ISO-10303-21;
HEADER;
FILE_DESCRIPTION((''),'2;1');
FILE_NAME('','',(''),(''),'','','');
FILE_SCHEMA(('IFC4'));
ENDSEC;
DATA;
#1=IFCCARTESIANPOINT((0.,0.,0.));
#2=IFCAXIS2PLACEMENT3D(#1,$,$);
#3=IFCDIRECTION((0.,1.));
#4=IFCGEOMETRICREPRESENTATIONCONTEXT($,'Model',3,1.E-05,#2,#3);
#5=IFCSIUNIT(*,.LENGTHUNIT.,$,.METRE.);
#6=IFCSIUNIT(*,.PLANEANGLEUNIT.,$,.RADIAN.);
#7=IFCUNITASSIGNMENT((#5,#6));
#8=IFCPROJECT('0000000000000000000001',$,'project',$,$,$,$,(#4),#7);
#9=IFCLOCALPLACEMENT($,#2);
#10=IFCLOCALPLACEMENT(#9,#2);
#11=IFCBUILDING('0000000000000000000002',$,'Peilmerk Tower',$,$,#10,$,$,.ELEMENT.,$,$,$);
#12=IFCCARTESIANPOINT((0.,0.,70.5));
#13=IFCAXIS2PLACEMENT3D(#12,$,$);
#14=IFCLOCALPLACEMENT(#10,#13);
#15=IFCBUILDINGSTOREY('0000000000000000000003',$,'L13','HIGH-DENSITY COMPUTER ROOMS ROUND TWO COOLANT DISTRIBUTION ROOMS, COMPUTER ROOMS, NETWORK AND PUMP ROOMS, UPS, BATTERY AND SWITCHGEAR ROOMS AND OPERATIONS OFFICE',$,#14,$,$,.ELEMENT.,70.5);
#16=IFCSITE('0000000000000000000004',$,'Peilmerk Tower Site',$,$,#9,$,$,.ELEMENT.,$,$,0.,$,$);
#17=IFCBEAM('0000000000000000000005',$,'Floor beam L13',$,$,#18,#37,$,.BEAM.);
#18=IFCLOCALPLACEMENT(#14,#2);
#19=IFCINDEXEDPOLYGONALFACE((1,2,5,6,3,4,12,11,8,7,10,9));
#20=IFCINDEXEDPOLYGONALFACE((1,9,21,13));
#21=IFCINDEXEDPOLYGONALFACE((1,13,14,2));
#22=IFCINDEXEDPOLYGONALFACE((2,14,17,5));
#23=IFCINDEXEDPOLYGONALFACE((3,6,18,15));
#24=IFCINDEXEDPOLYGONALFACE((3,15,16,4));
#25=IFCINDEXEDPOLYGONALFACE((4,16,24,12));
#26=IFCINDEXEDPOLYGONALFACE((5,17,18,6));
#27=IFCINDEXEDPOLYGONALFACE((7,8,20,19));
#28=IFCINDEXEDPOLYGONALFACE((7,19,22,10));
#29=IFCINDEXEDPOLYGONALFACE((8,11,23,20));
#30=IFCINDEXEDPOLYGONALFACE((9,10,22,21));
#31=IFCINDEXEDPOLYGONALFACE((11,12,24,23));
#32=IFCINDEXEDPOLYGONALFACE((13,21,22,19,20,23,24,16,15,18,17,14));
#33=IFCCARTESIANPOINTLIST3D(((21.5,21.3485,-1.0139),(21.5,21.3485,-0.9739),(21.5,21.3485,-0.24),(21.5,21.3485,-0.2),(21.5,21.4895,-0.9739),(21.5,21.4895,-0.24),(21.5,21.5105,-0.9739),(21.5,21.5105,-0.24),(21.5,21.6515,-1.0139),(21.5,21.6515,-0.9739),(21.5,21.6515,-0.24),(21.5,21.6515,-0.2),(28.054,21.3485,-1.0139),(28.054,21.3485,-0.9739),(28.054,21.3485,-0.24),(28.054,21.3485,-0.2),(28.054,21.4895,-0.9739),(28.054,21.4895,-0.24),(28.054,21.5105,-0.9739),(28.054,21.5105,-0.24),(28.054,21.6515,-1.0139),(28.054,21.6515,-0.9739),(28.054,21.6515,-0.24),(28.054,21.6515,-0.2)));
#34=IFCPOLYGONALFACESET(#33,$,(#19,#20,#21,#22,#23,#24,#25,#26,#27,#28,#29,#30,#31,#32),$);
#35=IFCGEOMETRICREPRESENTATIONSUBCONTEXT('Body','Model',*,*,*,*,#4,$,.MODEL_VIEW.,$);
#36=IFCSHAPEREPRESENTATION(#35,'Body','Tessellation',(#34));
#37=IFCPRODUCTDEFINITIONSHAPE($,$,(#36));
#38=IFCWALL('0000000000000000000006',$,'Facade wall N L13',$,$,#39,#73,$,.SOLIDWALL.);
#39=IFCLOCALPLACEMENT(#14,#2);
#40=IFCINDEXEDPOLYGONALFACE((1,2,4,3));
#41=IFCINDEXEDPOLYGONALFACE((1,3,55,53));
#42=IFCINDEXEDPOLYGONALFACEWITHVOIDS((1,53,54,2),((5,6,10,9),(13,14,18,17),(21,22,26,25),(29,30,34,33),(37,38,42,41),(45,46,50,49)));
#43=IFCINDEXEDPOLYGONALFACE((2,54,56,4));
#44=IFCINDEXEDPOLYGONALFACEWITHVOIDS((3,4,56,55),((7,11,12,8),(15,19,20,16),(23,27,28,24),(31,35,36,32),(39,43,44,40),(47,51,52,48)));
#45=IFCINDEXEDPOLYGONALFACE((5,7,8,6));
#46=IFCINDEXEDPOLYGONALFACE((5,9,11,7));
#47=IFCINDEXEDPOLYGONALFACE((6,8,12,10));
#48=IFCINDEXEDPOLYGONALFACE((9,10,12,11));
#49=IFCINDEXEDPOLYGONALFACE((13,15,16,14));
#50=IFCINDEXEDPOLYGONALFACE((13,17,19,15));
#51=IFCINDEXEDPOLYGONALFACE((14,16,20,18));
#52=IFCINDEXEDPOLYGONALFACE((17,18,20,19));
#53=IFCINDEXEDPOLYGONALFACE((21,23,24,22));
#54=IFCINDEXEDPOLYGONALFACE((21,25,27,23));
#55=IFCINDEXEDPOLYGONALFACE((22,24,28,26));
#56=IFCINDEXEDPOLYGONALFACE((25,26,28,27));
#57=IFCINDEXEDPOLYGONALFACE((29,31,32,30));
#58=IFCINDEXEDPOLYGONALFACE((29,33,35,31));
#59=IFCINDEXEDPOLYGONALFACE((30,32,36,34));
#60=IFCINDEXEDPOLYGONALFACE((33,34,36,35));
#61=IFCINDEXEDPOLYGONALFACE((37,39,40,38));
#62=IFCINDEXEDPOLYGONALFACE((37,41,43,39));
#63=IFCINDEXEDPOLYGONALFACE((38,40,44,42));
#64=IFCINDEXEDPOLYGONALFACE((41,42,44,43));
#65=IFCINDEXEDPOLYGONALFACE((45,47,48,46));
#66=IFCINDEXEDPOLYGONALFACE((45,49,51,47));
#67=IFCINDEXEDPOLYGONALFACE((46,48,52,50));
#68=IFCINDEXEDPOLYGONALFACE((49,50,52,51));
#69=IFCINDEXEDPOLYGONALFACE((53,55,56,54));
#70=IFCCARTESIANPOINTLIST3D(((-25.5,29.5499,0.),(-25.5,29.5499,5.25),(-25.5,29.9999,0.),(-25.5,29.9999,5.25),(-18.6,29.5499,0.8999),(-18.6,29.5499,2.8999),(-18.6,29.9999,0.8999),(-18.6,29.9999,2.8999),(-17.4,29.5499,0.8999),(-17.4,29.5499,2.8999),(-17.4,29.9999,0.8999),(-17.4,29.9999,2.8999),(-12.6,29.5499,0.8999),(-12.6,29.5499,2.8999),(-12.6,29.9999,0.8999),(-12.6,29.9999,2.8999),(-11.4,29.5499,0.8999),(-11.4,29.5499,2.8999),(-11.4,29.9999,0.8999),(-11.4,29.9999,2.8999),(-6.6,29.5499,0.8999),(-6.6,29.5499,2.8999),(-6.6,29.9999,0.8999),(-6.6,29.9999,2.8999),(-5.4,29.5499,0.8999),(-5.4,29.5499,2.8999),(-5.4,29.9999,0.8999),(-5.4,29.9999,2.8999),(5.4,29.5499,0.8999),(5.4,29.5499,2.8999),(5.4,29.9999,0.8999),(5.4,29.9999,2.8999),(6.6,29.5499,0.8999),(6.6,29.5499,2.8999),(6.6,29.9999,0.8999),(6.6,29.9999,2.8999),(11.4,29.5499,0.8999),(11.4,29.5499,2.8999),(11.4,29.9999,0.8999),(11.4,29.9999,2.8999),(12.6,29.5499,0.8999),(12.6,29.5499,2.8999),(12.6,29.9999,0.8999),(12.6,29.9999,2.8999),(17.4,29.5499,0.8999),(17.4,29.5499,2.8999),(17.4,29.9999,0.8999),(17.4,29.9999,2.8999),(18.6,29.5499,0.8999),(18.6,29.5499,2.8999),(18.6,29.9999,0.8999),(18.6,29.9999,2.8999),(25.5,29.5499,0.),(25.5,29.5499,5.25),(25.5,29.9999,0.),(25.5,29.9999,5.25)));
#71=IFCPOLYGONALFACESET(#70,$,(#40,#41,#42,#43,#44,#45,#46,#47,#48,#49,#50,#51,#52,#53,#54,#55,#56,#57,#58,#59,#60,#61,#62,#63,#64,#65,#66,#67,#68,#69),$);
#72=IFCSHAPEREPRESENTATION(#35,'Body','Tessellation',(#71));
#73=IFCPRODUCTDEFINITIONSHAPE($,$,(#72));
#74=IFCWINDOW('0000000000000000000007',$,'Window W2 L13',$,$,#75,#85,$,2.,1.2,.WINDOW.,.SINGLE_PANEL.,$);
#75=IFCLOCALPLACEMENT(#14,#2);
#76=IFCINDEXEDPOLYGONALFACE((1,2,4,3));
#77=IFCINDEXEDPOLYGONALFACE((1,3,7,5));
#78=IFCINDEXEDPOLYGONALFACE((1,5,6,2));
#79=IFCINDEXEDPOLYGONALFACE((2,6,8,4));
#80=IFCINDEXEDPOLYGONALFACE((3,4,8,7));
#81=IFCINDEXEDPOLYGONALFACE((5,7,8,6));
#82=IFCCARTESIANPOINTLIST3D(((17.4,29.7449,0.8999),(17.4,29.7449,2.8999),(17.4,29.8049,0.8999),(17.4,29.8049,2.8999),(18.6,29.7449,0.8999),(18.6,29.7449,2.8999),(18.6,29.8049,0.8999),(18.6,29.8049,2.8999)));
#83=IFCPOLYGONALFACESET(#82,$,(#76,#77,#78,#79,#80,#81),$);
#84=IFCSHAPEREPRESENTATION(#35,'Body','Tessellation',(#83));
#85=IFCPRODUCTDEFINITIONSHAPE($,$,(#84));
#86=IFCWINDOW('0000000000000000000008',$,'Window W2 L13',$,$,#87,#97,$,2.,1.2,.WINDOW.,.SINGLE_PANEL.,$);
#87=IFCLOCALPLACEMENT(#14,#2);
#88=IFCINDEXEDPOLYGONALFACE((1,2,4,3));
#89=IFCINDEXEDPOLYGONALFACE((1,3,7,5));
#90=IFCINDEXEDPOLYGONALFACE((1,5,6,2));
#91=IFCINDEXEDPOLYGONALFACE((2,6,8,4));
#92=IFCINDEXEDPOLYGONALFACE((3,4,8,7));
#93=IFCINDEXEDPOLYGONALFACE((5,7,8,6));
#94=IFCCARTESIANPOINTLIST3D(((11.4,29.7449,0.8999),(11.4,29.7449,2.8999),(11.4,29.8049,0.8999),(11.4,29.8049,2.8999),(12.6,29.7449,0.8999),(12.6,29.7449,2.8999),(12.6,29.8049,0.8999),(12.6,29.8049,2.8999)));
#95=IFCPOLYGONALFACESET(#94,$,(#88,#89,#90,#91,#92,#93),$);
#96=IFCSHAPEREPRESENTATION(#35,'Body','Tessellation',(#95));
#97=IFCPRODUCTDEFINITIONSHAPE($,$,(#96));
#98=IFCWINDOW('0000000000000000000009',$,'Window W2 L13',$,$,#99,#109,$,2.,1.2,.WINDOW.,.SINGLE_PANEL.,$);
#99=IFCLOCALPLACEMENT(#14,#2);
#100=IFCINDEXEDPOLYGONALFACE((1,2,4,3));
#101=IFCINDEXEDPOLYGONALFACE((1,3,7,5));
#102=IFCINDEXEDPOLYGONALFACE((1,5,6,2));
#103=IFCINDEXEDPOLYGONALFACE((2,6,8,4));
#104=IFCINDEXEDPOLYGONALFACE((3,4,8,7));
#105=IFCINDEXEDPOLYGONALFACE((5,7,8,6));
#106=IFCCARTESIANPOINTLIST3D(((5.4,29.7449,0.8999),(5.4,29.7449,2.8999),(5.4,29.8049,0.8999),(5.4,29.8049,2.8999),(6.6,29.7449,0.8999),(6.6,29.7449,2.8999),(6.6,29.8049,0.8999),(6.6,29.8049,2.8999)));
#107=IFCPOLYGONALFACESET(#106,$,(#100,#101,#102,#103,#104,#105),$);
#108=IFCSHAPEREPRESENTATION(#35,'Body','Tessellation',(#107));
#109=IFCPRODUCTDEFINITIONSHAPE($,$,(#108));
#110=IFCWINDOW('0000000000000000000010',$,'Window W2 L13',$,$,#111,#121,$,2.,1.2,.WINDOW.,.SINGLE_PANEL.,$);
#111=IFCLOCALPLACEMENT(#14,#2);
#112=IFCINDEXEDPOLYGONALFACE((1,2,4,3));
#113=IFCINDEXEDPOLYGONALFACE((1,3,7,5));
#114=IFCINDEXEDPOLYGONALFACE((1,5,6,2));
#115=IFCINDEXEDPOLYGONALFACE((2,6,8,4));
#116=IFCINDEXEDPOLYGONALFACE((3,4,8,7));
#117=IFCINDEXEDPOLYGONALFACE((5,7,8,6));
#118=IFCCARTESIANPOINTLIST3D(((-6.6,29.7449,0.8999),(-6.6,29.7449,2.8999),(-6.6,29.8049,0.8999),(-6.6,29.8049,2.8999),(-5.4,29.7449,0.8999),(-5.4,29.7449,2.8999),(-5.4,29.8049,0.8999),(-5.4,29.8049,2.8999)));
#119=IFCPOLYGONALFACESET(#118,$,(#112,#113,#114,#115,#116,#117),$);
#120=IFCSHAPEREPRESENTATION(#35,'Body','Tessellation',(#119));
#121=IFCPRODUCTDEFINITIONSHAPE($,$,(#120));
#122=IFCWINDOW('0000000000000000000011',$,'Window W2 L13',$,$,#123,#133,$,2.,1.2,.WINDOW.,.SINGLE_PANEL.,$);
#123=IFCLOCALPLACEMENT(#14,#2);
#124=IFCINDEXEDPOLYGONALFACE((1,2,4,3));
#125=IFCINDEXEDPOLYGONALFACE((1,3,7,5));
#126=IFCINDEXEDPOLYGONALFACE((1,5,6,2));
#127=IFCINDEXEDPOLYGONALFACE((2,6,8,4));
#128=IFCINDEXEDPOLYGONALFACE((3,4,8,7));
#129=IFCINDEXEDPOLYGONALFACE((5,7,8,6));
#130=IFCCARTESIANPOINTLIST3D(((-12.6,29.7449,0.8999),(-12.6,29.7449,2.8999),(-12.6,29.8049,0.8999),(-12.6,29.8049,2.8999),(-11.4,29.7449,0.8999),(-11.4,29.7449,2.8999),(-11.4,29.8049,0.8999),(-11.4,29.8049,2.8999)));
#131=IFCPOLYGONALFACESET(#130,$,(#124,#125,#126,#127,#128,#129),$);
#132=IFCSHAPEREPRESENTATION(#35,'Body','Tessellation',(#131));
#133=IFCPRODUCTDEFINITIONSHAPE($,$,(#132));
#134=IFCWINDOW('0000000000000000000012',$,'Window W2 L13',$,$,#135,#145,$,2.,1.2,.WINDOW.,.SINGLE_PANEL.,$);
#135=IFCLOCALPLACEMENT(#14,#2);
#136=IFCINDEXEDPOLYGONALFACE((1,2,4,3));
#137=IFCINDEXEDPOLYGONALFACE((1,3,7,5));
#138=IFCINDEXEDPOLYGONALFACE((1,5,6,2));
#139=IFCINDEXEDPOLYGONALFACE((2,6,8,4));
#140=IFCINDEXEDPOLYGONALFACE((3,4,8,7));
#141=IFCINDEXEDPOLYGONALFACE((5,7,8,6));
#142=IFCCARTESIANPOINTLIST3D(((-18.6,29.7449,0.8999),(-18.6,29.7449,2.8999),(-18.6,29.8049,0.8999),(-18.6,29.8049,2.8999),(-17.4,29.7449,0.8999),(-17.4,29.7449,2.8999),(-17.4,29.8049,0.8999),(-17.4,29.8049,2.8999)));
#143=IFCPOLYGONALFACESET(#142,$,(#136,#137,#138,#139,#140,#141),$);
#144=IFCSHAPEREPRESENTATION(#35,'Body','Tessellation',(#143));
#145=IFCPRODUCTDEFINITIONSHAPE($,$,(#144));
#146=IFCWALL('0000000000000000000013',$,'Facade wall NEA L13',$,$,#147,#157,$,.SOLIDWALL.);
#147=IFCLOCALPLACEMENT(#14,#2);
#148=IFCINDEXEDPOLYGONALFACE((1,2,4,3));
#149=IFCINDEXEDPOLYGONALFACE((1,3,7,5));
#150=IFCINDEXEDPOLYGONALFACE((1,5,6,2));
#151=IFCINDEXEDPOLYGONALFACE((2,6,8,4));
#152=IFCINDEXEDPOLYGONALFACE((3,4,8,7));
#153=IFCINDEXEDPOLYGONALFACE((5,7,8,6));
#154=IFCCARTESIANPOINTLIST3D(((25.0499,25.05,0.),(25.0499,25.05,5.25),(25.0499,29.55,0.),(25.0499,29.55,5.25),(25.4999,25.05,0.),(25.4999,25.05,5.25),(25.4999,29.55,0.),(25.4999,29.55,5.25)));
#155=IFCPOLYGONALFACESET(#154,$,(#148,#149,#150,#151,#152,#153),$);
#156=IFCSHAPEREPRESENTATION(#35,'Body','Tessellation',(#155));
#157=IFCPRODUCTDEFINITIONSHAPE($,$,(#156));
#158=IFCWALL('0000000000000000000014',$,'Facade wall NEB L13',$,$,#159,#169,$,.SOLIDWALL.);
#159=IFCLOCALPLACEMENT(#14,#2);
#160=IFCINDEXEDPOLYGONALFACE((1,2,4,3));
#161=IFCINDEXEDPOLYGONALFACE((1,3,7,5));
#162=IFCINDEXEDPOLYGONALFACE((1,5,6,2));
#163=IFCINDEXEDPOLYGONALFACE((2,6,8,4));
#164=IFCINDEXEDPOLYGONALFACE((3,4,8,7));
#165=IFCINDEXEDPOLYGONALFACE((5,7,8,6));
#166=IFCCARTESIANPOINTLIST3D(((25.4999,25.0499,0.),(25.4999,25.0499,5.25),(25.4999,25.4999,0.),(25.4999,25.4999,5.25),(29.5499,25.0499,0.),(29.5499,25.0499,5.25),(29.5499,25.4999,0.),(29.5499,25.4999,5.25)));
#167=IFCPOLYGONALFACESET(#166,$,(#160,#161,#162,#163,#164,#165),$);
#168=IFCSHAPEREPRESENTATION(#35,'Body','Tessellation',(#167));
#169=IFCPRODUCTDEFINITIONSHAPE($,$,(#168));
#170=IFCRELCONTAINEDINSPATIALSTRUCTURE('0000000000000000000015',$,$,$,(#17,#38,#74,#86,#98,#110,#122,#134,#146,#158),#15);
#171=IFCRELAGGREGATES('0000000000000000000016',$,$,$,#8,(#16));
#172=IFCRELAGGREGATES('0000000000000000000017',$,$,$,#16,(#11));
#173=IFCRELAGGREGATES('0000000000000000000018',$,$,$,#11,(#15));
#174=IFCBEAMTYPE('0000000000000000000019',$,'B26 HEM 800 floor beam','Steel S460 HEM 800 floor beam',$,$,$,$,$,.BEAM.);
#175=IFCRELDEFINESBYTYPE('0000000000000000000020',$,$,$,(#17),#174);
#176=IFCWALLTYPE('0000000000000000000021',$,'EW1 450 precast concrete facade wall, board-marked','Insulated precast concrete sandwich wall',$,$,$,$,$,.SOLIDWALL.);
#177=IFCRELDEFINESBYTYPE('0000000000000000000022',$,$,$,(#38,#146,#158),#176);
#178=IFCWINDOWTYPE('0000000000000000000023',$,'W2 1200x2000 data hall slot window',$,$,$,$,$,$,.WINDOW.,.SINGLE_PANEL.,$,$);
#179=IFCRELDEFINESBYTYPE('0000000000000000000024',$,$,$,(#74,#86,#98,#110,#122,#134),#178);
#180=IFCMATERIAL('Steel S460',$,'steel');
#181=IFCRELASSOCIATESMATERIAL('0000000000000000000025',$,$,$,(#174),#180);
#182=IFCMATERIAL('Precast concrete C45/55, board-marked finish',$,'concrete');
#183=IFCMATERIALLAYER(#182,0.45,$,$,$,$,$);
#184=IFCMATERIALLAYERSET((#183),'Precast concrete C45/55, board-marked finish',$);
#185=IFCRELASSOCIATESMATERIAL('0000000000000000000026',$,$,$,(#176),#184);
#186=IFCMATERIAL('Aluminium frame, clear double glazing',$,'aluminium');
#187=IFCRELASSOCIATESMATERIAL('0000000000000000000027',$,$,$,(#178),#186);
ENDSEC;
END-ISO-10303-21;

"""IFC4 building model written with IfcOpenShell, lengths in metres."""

from ifc_helpers import new_model, si_unit, direction, frame, frame_2d, origin, origin_2d, place, context, subcontext, project, spatial, rectangle, i_section, extrude, material, layer, layer_set, material_profile, profile_set, type_object, element, fill, save


model = new_model("IFC4")

# Units and contexts
model_context = context("Model", 3, precision=1e-05, world=origin(), true_north=direction((0.0, 1.0)))
body_context = subcontext(model_context, "Body", "Model", "MODEL_VIEW")
ifc_project = project(units=[si_unit("LENGTHUNIT", "METRE"), si_unit("PLANEANGLEUNIT", "RADIAN")], contexts=[model_context])

# Site, building, storey
site_placement = place(None, origin())
site = spatial("IfcSite", under=ifc_project, at=site_placement, Name="Peilmerk Tower Site", CompositionType="ELEMENT", RefElevation=0.0)
building_placement = place(site_placement, origin())
building = spatial("IfcBuilding", under=site, at=building_placement, Name="Peilmerk Tower", CompositionType="ELEMENT")
storey_placement = place(building_placement, frame((0.0, 0.0, 70.5)))
storey = spatial("IfcBuildingStorey", under=building, at=storey_placement, Name="L13", Description="HIGH-DENSITY COMPUTER ROOMS ROUND TWO COOLANT DISTRIBUTION ROOMS, COMPUTER ROOMS, NETWORK AND PUMP ROOMS, UPS, BATTERY AND SWITCHGEAR ROOMS AND OPERATIONS OFFICE", CompositionType="ELEMENT", Elevation=70.5)

# Beam
ifc_material_1 = material(Name="Steel S460", Category="steel")
ifc_material_profile_1 = material_profile(ifc_material_1, i_section(OverallWidth=0.303, OverallDepth=0.814, WebThickness=0.021, FlangeThickness=0.04, at=origin_2d()), Name="HEM 800")
ifc_profile_set_1 = profile_set([ifc_material_profile_1], Name="Steel S460")
beam_type_1 = type_object("IfcBeamType", Name="B26 HEM 800 floor beam", Description="Steel S460 HEM 800 floor beam", PredefinedType="BEAM", material=ifc_profile_set_1)
for number, where, z_axis, x_axis, name in (
    (1, (21.5, 21.5, -0.6069), (1.0, 0.0, 0.0), (0.0, 1.0, 0.0), "Floor beam L13"),
):
    element("IfcBeam", number, at=place(storey_placement, frame(where, z_axis=z_axis, x_axis=x_axis)), inside=storey, type_object=beam_type_1, Name=name, PredefinedType="BEAM", context=body_context, shape_type="SweptSolid", body=[
        extrude(i_section(OverallWidth=0.303, OverallDepth=0.814, WebThickness=0.021, FlangeThickness=0.04, at=origin_2d()), origin(), (0.0, 0.0, 1.0), 6.554),
    ])

# Wall, openings, windows
ifc_material_2 = material(Name="Precast concrete C45/55, board-marked finish", Category="concrete")
ifc_layer = layer(ifc_material_2, 0.45)
ifc_layer_set = layer_set([ifc_layer], Name="Precast concrete C45/55, board-marked finish")
wall_type = type_object("IfcWallType", Name="EW1 450 precast concrete facade wall, board-marked", Description="Insulated precast concrete sandwich wall", PredefinedType="SOLIDWALL", material=ifc_layer_set)
wall_1_placement = place(storey_placement, frame((25.5, 29.7749, 0.0), z_axis=(0.0, 0.0, 1.0), x_axis=(-1.0, 0.0, 0.0)))
wall_1 = element("IfcWall", 2, at=wall_1_placement, inside=storey, type_object=wall_type, Name="Facade wall N L13", PredefinedType="SOLIDWALL", context=body_context, shape_type="SweptSolid", body=[
    extrude(rectangle(XDim=51.0, YDim=0.45, at=frame_2d((25.5, 0.0))), origin(), (0.0, 0.0, 1.0), 5.25),
])
opening_1_placement = place(wall_1_placement, frame((6.8999, 0.0, 0.8999)))
opening_1 = element("IfcOpeningElement", 3, at=opening_1_placement, cuts=wall_1, PredefinedType="OPENING", context=body_context, shape_type="SweptSolid", body=[
    extrude(rectangle(XDim=1.2, YDim=2.0, at=frame_2d((0.6001, 1.0))), frame((0.0, 0.2349, 0.0), z_axis=(0.0, -1.0, 0.0), x_axis=(1.0, 0.0, 0.0)), (0.0, 0.0, 1.0), 0.47),
])
opening_2_placement = place(wall_1_placement, frame((12.8999, 0.0, 0.8999)))
opening_2 = element("IfcOpeningElement", 4, at=opening_2_placement, cuts=wall_1, PredefinedType="OPENING", context=body_context, shape_type="SweptSolid", body=[
    extrude(rectangle(XDim=1.2, YDim=2.0, at=frame_2d((0.6001, 1.0))), frame((0.0, 0.2349, 0.0), z_axis=(0.0, -1.0, 0.0), x_axis=(1.0, 0.0, 0.0)), (0.0, 0.0, 1.0), 0.47),
])
opening_3_placement = place(wall_1_placement, frame((18.8999, 0.0, 0.8999)))
opening_3 = element("IfcOpeningElement", 5, at=opening_3_placement, cuts=wall_1, PredefinedType="OPENING", context=body_context, shape_type="SweptSolid", body=[
    extrude(rectangle(XDim=1.2, YDim=2.0, at=frame_2d((0.6001, 1.0))), frame((0.0, 0.2349, 0.0), z_axis=(0.0, -1.0, 0.0), x_axis=(1.0, 0.0, 0.0)), (0.0, 0.0, 1.0), 0.47),
])
opening_4_placement = place(wall_1_placement, frame((30.8999, 0.0, 0.8999)))
opening_4 = element("IfcOpeningElement", 6, at=opening_4_placement, cuts=wall_1, PredefinedType="OPENING", context=body_context, shape_type="SweptSolid", body=[
    extrude(rectangle(XDim=1.2, YDim=2.0, at=frame_2d((0.6001, 1.0))), frame((0.0, 0.2349, 0.0), z_axis=(0.0, -1.0, 0.0), x_axis=(1.0, 0.0, 0.0)), (0.0, 0.0, 1.0), 0.47),
])
opening_5_placement = place(wall_1_placement, frame((36.8999, 0.0, 0.8999)))
opening_5 = element("IfcOpeningElement", 7, at=opening_5_placement, cuts=wall_1, PredefinedType="OPENING", context=body_context, shape_type="SweptSolid", body=[
    extrude(rectangle(XDim=1.2, YDim=2.0, at=frame_2d((0.6001, 1.0))), frame((0.0, 0.2349, 0.0), z_axis=(0.0, -1.0, 0.0), x_axis=(1.0, 0.0, 0.0)), (0.0, 0.0, 1.0), 0.47),
])
opening_6_placement = place(wall_1_placement, frame((42.8999, 0.0, 0.8999)))
opening_6 = element("IfcOpeningElement", 8, at=opening_6_placement, cuts=wall_1, PredefinedType="OPENING", context=body_context, shape_type="SweptSolid", body=[
    extrude(rectangle(XDim=1.2, YDim=2.0, at=frame_2d((0.6001, 1.0))), frame((0.0, 0.2349, 0.0), z_axis=(0.0, -1.0, 0.0), x_axis=(1.0, 0.0, 0.0)), (0.0, 0.0, 1.0), 0.47),
])
ifc_material_3 = material(Name="Aluminium frame, clear double glazing", Category="aluminium")
window_type = type_object("IfcWindowType", Name="W2 1200x2000 data hall slot window", PartitioningType="SINGLE_PANEL", PredefinedType="WINDOW", material=ifc_material_3)
window_1_placement = place(opening_1_placement, origin())
window_1 = element("IfcWindow", 9, at=window_1_placement, inside=storey, type_object=window_type, Name="Window W2 L13", OverallHeight=2.0, OverallWidth=1.2, PartitioningType="SINGLE_PANEL", PredefinedType="WINDOW", context=body_context, shape_type="SweptSolid", body=[
    extrude(rectangle(XDim=1.2, YDim=2.0, at=frame_2d((0.6001, 1.0))), frame((0.0, 0.03, 0.0), z_axis=(0.0, -1.0, 0.0), x_axis=(1.0, 0.0, 0.0)), (0.0, 0.0, 1.0), 0.0601),
])
fill(opening_1, window_1)
window_2_placement = place(opening_2_placement, origin())
window_2 = element("IfcWindow", 10, at=window_2_placement, inside=storey, type_object=window_type, Name="Window W2 L13", OverallHeight=2.0, OverallWidth=1.2, PartitioningType="SINGLE_PANEL", PredefinedType="WINDOW", context=body_context, shape_type="SweptSolid", body=[
    extrude(rectangle(XDim=1.2, YDim=2.0, at=frame_2d((0.6001, 1.0))), frame((0.0, 0.03, 0.0), z_axis=(0.0, -1.0, 0.0), x_axis=(1.0, 0.0, 0.0)), (0.0, 0.0, 1.0), 0.0601),
])
fill(opening_2, window_2)
window_3_placement = place(opening_3_placement, origin())
window_3 = element("IfcWindow", 11, at=window_3_placement, inside=storey, type_object=window_type, Name="Window W2 L13", OverallHeight=2.0, OverallWidth=1.2, PartitioningType="SINGLE_PANEL", PredefinedType="WINDOW", context=body_context, shape_type="SweptSolid", body=[
    extrude(rectangle(XDim=1.2, YDim=2.0, at=frame_2d((0.6001, 1.0))), frame((0.0, 0.03, 0.0), z_axis=(0.0, -1.0, 0.0), x_axis=(1.0, 0.0, 0.0)), (0.0, 0.0, 1.0), 0.0601),
])
fill(opening_3, window_3)
window_4_placement = place(opening_4_placement, origin())
window_4 = element("IfcWindow", 12, at=window_4_placement, inside=storey, type_object=window_type, Name="Window W2 L13", OverallHeight=2.0, OverallWidth=1.2, PartitioningType="SINGLE_PANEL", PredefinedType="WINDOW", context=body_context, shape_type="SweptSolid", body=[
    extrude(rectangle(XDim=1.2, YDim=2.0, at=frame_2d((0.6001, 1.0))), frame((0.0, 0.03, 0.0), z_axis=(0.0, -1.0, 0.0), x_axis=(1.0, 0.0, 0.0)), (0.0, 0.0, 1.0), 0.0601),
])
fill(opening_4, window_4)
window_5_placement = place(opening_5_placement, origin())
window_5 = element("IfcWindow", 13, at=window_5_placement, inside=storey, type_object=window_type, Name="Window W2 L13", OverallHeight=2.0, OverallWidth=1.2, PartitioningType="SINGLE_PANEL", PredefinedType="WINDOW", context=body_context, shape_type="SweptSolid", body=[
    extrude(rectangle(XDim=1.2, YDim=2.0, at=frame_2d((0.6001, 1.0))), frame((0.0, 0.03, 0.0), z_axis=(0.0, -1.0, 0.0), x_axis=(1.0, 0.0, 0.0)), (0.0, 0.0, 1.0), 0.0601),
])
fill(opening_5, window_5)
window_6_placement = place(opening_6_placement, origin())
window_6 = element("IfcWindow", 14, at=window_6_placement, inside=storey, type_object=window_type, Name="Window W2 L13", OverallHeight=2.0, OverallWidth=1.2, PartitioningType="SINGLE_PANEL", PredefinedType="WINDOW", context=body_context, shape_type="SweptSolid", body=[
    extrude(rectangle(XDim=1.2, YDim=2.0, at=frame_2d((0.6001, 1.0))), frame((0.0, 0.03, 0.0), z_axis=(0.0, -1.0, 0.0), x_axis=(1.0, 0.0, 0.0)), (0.0, 0.0, 1.0), 0.0601),
])
fill(opening_6, window_6)

# Walls
wall_2_placement = place(storey_placement, frame((25.2749, 25.05, 0.0), z_axis=(0.0, 0.0, 1.0), x_axis=(0.0, 1.0, 0.0)))
element("IfcWall", 15, at=wall_2_placement, inside=storey, type_object=wall_type, Name="Facade wall NEA L13", PredefinedType="SOLIDWALL", context=body_context, shape_type="SweptSolid", body=[
    extrude(rectangle(XDim=4.5, YDim=0.45, at=frame_2d((2.25, 0.0))), origin(), (0.0, 0.0, 1.0), 5.25),
])
wall_3_placement = place(storey_placement, frame((25.5, 25.2749, 0.0), z_axis=(0.0, 0.0, 1.0), x_axis=(1.0, 0.0, 0.0)))
element("IfcWall", 16, at=wall_3_placement, inside=storey, type_object=wall_type, Name="Facade wall NEB L13", PredefinedType="SOLIDWALL", context=body_context, shape_type="SweptSolid", body=[
    extrude(rectangle(XDim=4.05, YDim=0.45, at=frame_2d((2.0249, 0.0))), origin(), (0.0, 0.0, 1.0), 5.25),
])

save(model, "model.ifc")
